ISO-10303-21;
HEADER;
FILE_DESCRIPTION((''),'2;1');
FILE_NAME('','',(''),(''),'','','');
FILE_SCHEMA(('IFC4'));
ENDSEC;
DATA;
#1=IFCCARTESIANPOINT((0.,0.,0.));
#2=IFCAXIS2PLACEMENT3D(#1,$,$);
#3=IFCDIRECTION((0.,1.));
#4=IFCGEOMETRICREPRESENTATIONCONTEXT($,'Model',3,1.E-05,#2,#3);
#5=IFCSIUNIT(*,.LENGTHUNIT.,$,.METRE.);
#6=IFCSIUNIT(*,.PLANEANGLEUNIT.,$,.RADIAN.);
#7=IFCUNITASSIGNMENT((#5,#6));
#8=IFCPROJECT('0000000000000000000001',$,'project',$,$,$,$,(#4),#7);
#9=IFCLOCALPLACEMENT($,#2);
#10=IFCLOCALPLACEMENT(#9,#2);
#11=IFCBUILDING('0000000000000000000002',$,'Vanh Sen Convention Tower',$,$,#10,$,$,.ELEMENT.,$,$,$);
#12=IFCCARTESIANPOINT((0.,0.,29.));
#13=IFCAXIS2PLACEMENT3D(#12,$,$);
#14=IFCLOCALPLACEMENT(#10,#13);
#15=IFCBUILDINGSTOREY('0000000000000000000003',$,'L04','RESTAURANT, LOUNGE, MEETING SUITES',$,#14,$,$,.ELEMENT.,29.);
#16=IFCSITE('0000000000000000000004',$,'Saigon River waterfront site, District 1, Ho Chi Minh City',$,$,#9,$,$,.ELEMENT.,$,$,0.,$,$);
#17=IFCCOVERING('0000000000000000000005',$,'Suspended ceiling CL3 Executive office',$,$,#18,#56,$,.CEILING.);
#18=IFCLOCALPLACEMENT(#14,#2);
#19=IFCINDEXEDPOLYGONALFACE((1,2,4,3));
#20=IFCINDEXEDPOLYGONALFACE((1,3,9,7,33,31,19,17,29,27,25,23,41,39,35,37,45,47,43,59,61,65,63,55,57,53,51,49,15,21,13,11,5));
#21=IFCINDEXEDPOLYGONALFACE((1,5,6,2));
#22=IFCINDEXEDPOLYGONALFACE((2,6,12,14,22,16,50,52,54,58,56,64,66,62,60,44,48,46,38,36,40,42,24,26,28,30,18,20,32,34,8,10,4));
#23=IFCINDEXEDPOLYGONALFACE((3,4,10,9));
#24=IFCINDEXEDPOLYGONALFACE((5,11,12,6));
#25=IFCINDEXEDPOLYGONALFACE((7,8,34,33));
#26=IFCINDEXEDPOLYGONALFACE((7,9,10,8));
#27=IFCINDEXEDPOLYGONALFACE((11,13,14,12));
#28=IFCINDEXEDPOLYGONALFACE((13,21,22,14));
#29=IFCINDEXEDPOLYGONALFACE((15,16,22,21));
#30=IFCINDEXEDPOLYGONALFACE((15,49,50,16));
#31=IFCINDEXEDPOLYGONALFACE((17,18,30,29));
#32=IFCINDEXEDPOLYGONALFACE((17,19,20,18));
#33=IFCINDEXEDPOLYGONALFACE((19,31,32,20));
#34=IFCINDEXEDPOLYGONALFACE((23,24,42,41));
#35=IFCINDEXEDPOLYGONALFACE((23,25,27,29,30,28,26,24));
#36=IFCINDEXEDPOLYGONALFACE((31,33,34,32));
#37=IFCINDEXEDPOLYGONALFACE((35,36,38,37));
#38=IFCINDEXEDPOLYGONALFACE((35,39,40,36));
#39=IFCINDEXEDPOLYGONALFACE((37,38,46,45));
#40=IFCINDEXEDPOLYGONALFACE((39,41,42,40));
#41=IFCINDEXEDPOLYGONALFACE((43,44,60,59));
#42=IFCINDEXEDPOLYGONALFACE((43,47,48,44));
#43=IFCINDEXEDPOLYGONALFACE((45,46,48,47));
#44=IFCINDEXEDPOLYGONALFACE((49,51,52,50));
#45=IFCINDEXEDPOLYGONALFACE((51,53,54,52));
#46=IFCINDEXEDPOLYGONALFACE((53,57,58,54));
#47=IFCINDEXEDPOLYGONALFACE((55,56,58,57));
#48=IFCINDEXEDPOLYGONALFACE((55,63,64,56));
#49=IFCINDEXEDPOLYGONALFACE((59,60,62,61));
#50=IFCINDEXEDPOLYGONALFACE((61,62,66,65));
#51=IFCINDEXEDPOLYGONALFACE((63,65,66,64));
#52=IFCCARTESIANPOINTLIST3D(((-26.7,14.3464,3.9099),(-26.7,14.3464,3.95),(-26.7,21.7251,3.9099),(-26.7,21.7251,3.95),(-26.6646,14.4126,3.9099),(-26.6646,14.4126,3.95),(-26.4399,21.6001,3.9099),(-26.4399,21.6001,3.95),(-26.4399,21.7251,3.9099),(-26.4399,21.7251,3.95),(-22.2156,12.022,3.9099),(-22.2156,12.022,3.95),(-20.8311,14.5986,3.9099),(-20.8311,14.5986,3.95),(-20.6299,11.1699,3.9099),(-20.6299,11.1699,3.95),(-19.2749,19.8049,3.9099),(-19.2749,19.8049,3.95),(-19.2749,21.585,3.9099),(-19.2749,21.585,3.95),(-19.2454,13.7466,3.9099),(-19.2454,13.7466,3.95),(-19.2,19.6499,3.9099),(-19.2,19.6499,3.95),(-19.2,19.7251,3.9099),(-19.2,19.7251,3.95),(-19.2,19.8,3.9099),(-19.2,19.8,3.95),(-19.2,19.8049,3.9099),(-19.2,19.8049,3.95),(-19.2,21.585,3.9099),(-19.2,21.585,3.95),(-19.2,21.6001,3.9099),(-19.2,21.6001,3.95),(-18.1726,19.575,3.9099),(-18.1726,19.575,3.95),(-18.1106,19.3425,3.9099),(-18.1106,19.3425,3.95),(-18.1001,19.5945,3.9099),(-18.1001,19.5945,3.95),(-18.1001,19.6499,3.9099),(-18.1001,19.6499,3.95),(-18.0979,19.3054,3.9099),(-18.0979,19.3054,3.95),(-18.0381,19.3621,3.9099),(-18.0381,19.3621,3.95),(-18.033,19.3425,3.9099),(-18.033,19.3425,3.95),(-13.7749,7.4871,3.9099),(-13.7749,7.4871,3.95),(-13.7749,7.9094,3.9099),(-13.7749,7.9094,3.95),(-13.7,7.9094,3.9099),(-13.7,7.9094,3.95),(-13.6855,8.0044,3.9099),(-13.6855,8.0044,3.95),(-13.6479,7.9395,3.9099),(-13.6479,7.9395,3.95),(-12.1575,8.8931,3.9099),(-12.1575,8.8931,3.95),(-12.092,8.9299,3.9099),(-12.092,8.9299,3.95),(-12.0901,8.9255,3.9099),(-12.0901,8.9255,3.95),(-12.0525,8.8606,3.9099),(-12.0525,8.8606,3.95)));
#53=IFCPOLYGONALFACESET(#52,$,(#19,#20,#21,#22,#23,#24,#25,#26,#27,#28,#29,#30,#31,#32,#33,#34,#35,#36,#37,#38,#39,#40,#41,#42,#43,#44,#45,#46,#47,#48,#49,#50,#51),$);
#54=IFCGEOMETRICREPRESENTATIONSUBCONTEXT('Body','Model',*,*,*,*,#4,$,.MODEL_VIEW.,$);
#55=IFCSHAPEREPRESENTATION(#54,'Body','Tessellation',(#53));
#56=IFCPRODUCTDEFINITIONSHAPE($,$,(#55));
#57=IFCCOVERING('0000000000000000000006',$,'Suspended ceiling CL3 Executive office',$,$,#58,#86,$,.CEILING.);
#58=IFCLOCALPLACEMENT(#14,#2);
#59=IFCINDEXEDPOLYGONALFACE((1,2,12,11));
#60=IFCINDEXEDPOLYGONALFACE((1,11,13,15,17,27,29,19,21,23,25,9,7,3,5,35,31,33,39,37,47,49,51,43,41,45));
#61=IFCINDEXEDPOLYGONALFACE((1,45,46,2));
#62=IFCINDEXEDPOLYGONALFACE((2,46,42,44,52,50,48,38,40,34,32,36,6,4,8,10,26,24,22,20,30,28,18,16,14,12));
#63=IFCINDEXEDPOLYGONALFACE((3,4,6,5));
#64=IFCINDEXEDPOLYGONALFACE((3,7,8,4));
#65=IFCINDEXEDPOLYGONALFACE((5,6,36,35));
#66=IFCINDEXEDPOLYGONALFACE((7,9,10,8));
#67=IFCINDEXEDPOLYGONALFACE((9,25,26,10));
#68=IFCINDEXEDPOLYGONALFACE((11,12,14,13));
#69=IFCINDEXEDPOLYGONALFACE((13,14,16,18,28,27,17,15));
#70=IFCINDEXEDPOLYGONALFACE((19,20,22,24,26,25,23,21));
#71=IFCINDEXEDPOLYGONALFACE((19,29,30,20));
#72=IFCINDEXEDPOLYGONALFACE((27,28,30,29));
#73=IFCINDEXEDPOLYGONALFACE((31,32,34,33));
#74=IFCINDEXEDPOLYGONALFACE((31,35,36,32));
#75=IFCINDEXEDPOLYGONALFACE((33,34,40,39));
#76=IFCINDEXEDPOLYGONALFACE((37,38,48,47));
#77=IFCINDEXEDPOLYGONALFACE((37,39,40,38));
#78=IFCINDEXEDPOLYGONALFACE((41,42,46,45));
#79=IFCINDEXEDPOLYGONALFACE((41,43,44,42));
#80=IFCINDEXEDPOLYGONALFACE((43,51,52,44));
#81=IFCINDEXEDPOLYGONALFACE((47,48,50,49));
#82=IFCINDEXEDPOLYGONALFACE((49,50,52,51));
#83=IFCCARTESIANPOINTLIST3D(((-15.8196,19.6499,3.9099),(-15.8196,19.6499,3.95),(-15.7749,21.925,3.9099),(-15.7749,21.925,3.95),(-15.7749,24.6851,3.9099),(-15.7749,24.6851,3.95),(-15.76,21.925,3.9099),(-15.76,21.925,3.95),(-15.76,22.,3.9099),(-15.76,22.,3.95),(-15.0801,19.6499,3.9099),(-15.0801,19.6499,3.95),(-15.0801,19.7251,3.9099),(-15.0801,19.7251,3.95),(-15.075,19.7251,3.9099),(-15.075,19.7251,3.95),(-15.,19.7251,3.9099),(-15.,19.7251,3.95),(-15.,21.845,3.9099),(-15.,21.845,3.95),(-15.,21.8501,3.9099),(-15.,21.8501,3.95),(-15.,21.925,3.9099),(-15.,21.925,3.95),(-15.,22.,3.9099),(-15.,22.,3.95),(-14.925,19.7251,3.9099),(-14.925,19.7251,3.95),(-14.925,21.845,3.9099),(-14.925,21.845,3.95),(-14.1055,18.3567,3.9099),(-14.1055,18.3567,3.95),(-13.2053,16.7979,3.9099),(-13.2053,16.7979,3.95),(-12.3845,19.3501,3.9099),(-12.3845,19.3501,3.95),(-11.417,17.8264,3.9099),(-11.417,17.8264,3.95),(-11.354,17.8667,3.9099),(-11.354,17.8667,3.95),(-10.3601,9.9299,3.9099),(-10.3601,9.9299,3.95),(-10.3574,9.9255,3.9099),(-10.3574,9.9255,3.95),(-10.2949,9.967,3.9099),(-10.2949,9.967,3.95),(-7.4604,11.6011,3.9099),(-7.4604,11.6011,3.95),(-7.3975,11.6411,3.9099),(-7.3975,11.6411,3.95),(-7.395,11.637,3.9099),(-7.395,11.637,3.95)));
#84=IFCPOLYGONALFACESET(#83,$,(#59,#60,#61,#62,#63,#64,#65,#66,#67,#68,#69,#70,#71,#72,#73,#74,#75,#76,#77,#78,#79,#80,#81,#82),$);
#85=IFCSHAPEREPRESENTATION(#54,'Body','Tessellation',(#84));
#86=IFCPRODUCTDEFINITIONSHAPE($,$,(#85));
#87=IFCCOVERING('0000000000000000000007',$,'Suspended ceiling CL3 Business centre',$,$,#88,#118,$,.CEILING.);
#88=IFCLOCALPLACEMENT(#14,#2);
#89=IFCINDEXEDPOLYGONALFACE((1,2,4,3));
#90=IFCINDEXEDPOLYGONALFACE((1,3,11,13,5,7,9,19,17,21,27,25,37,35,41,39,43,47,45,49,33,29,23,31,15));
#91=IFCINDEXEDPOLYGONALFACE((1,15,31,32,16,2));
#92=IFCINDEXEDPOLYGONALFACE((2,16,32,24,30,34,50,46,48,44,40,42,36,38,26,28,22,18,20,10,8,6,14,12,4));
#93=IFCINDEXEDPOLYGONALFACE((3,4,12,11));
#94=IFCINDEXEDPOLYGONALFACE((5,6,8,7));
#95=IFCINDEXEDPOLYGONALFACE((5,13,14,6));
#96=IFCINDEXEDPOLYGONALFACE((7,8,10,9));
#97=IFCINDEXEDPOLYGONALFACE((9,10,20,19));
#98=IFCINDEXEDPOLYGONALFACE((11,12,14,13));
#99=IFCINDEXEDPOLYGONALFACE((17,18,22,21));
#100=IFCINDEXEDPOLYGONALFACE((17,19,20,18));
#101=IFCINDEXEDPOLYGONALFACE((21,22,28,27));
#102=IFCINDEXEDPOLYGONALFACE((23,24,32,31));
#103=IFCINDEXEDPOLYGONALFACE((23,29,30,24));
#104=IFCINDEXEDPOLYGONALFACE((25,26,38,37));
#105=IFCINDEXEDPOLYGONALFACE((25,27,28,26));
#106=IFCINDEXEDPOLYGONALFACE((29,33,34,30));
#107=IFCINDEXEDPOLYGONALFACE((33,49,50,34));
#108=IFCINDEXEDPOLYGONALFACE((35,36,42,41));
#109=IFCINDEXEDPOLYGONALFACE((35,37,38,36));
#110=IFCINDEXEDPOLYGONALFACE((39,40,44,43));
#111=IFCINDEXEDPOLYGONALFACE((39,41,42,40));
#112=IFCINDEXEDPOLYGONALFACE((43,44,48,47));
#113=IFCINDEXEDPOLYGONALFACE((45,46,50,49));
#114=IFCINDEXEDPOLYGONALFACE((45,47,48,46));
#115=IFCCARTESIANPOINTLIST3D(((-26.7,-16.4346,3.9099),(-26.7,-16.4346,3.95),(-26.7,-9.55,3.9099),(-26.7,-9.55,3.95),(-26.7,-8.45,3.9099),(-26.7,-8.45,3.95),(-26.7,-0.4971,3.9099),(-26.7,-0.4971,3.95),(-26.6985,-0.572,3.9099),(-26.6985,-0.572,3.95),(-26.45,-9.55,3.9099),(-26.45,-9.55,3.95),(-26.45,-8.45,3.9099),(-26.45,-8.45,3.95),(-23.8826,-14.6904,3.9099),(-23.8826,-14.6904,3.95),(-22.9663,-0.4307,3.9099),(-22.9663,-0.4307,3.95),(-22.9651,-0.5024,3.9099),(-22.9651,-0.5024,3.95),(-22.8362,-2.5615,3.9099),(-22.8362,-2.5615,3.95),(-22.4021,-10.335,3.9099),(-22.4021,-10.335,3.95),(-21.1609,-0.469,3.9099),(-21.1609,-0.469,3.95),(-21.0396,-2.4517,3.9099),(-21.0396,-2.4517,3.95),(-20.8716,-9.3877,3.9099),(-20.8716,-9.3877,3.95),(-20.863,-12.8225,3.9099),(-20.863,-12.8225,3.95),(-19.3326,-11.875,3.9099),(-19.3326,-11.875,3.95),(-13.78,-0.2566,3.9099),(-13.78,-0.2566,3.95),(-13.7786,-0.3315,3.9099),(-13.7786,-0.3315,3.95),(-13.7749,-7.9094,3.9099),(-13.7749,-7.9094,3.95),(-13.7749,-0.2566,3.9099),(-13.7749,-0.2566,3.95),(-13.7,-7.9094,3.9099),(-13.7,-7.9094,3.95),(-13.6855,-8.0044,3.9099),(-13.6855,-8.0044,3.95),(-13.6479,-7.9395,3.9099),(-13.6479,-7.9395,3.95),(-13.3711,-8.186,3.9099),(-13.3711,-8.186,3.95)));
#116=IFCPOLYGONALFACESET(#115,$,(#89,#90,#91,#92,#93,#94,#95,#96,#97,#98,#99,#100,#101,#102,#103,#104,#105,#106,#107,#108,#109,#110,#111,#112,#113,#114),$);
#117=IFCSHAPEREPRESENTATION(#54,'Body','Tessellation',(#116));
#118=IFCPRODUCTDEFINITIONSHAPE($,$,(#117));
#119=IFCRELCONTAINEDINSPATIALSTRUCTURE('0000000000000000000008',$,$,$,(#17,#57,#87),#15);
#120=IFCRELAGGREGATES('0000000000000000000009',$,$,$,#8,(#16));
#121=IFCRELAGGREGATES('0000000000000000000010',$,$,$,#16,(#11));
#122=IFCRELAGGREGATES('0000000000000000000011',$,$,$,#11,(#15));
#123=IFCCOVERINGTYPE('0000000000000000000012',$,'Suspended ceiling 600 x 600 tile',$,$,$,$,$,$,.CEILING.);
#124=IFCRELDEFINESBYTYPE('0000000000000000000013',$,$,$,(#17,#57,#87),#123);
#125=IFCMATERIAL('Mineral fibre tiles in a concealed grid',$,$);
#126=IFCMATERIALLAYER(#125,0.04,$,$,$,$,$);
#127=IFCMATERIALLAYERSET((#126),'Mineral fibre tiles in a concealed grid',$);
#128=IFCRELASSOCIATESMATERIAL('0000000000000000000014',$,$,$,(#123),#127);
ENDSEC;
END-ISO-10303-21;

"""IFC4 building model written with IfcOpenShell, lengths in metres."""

from ifc_helpers import new_model, si_unit, direction, frame, origin, place, context, subcontext, project, spatial, polyline, outline, extrude, material, layer, layer_set, type_object, element, save


model = new_model("IFC4")

# Units and contexts
model_context = context("Model", 3, precision=1e-05, world=origin(), true_north=direction((0.0, 1.0)))
body_context = subcontext(model_context, "Body", "Model", "MODEL_VIEW")
ifc_project = project(units=[si_unit("LENGTHUNIT", "METRE"), si_unit("PLANEANGLEUNIT", "RADIAN")], contexts=[model_context])

# Site, building, storey
site_placement = place(None, origin())
site = spatial("IfcSite", under=ifc_project, at=site_placement, Name="Saigon River waterfront site, District 1, Ho Chi Minh City", CompositionType="ELEMENT", RefElevation=0.0)
building_placement = place(site_placement, origin())
building = spatial("IfcBuilding", under=site, at=building_placement, Name="Vanh Sen Convention Tower", CompositionType="ELEMENT")
storey_placement = place(building_placement, frame((0.0, 0.0, 29.0)))
storey = spatial("IfcBuildingStorey", under=building, at=storey_placement, Name="L04", Description="RESTAURANT, LOUNGE, MEETING SUITES", CompositionType="ELEMENT", Elevation=29.0)

# Coverings
ifc_material_1 = material(Name="Mineral fibre tiles in a concealed grid")
ifc_layer_1 = layer(ifc_material_1, 0.04)
ifc_layer_set_1 = layer_set([ifc_layer_1], Name="Mineral fibre tiles in a concealed grid")
covering_type = type_object("IfcCoveringType", Name="Suspended ceiling 600 x 600 tile", PredefinedType="CEILING", material=ifc_layer_set_1)
covering_1_placement = place(storey_placement, frame((0.0, 0.0, 3.9099)))
element("IfcCovering", 1, at=covering_1_placement, inside=storey, type_object=covering_type, Name="Suspended ceiling CL3 Executive office", PredefinedType="CEILING", context=body_context, shape_type="SweptSolid", body=[
    extrude(outline(polyline([(-26.4399, 21.6001), (-26.4399, 21.7251), (-26.7, 21.7251), (-26.7, 14.3464), (-26.6646, 14.4126), (-22.2156, 12.022), (-20.8311, 14.5986), (-19.2454, 13.7466), (-20.6299, 11.1699), (-13.7749, 7.4871), (-13.7749, 7.9094), (-13.7, 7.9094), (-13.6479, 7.9395), (-13.6855, 8.0044), (-12.0901, 8.9255), (-12.0525, 8.8606), (-12.092, 8.9299), (-12.1575, 8.8931), (-18.0979, 19.3054), (-18.033, 19.3425), (-18.0381, 19.3621), (-18.1106, 19.3425), (-18.1726, 19.575), (-18.1001, 19.5945), (-18.1001, 19.6499), (-19.2, 19.6499), (-19.2, 19.7251), (-19.2, 19.8), (-19.2, 19.8049), (-19.2749, 19.8049), (-19.2749, 21.585), (-19.2, 21.585), (-19.2, 21.6001), (-26.4399, 21.6001)])), origin(), (0.0, 0.0, 1.0), 0.04),
])
covering_2_placement = place(storey_placement, frame((0.0, 0.0, 3.9099)))
element("IfcCovering", 2, at=covering_2_placement, inside=storey, type_object=covering_type, Name="Suspended ceiling CL3 Executive office", PredefinedType="CEILING", context=body_context, shape_type="SweptSolid", body=[
    extrude(outline(polyline([(-11.417, 17.8264), (-11.354, 17.8667), (-13.2053, 16.7979), (-14.1055, 18.3567), (-12.3845, 19.3501), (-15.7749, 24.6851), (-15.7749, 21.925), (-15.76, 21.925), (-15.76, 22.0), (-15.0, 22.0), (-15.0, 21.925), (-15.0, 21.8501), (-15.0, 21.845), (-14.925, 21.845), (-14.925, 19.7251), (-15.0, 19.7251), (-15.075, 19.7251), (-15.0801, 19.7251), (-15.0801, 19.6499), (-15.8196, 19.6499), (-10.2949, 9.967), (-10.3601, 9.9299), (-10.3574, 9.9255), (-7.395, 11.637), (-7.3975, 11.6411), (-7.4604, 11.6011), (-11.417, 17.8264)])), origin(), (0.0, 0.0, 1.0), 0.04),
])
covering_3_placement = place(storey_placement, frame((0.0, 0.0, 3.9099)))
element("IfcCovering", 3, at=covering_3_placement, inside=storey, type_object=covering_type, Name="Suspended ceiling CL3 Business centre", PredefinedType="CEILING", context=body_context, shape_type="SweptSolid", body=[
    extrude(outline(polyline([(-13.6855, -8.0044), (-13.6479, -7.9395), (-13.7, -7.9094), (-13.7749, -7.9094), (-13.7749, -0.2566), (-13.78, -0.2566), (-13.7786, -0.3315), (-21.1609, -0.469), (-21.0396, -2.4517), (-22.8362, -2.5615), (-22.9663, -0.4307), (-22.9651, -0.5024), (-26.6985, -0.572), (-26.7, -0.4971), (-26.7, -8.45), (-26.45, -8.45), (-26.45, -9.55), (-26.7, -9.55), (-26.7, -16.4346), (-23.8826, -14.6904), (-20.863, -12.8225), (-20.8545, -12.8362), (-22.4021, -10.335), (-20.8716, -9.3877), (-19.3169, -11.9004), (-19.3325, -11.875), (-13.3711, -8.186), (-13.6855, -8.0044)])), origin(), (0.0, 0.0, 1.0), 0.04),
])

save(model, "model.ifc")
